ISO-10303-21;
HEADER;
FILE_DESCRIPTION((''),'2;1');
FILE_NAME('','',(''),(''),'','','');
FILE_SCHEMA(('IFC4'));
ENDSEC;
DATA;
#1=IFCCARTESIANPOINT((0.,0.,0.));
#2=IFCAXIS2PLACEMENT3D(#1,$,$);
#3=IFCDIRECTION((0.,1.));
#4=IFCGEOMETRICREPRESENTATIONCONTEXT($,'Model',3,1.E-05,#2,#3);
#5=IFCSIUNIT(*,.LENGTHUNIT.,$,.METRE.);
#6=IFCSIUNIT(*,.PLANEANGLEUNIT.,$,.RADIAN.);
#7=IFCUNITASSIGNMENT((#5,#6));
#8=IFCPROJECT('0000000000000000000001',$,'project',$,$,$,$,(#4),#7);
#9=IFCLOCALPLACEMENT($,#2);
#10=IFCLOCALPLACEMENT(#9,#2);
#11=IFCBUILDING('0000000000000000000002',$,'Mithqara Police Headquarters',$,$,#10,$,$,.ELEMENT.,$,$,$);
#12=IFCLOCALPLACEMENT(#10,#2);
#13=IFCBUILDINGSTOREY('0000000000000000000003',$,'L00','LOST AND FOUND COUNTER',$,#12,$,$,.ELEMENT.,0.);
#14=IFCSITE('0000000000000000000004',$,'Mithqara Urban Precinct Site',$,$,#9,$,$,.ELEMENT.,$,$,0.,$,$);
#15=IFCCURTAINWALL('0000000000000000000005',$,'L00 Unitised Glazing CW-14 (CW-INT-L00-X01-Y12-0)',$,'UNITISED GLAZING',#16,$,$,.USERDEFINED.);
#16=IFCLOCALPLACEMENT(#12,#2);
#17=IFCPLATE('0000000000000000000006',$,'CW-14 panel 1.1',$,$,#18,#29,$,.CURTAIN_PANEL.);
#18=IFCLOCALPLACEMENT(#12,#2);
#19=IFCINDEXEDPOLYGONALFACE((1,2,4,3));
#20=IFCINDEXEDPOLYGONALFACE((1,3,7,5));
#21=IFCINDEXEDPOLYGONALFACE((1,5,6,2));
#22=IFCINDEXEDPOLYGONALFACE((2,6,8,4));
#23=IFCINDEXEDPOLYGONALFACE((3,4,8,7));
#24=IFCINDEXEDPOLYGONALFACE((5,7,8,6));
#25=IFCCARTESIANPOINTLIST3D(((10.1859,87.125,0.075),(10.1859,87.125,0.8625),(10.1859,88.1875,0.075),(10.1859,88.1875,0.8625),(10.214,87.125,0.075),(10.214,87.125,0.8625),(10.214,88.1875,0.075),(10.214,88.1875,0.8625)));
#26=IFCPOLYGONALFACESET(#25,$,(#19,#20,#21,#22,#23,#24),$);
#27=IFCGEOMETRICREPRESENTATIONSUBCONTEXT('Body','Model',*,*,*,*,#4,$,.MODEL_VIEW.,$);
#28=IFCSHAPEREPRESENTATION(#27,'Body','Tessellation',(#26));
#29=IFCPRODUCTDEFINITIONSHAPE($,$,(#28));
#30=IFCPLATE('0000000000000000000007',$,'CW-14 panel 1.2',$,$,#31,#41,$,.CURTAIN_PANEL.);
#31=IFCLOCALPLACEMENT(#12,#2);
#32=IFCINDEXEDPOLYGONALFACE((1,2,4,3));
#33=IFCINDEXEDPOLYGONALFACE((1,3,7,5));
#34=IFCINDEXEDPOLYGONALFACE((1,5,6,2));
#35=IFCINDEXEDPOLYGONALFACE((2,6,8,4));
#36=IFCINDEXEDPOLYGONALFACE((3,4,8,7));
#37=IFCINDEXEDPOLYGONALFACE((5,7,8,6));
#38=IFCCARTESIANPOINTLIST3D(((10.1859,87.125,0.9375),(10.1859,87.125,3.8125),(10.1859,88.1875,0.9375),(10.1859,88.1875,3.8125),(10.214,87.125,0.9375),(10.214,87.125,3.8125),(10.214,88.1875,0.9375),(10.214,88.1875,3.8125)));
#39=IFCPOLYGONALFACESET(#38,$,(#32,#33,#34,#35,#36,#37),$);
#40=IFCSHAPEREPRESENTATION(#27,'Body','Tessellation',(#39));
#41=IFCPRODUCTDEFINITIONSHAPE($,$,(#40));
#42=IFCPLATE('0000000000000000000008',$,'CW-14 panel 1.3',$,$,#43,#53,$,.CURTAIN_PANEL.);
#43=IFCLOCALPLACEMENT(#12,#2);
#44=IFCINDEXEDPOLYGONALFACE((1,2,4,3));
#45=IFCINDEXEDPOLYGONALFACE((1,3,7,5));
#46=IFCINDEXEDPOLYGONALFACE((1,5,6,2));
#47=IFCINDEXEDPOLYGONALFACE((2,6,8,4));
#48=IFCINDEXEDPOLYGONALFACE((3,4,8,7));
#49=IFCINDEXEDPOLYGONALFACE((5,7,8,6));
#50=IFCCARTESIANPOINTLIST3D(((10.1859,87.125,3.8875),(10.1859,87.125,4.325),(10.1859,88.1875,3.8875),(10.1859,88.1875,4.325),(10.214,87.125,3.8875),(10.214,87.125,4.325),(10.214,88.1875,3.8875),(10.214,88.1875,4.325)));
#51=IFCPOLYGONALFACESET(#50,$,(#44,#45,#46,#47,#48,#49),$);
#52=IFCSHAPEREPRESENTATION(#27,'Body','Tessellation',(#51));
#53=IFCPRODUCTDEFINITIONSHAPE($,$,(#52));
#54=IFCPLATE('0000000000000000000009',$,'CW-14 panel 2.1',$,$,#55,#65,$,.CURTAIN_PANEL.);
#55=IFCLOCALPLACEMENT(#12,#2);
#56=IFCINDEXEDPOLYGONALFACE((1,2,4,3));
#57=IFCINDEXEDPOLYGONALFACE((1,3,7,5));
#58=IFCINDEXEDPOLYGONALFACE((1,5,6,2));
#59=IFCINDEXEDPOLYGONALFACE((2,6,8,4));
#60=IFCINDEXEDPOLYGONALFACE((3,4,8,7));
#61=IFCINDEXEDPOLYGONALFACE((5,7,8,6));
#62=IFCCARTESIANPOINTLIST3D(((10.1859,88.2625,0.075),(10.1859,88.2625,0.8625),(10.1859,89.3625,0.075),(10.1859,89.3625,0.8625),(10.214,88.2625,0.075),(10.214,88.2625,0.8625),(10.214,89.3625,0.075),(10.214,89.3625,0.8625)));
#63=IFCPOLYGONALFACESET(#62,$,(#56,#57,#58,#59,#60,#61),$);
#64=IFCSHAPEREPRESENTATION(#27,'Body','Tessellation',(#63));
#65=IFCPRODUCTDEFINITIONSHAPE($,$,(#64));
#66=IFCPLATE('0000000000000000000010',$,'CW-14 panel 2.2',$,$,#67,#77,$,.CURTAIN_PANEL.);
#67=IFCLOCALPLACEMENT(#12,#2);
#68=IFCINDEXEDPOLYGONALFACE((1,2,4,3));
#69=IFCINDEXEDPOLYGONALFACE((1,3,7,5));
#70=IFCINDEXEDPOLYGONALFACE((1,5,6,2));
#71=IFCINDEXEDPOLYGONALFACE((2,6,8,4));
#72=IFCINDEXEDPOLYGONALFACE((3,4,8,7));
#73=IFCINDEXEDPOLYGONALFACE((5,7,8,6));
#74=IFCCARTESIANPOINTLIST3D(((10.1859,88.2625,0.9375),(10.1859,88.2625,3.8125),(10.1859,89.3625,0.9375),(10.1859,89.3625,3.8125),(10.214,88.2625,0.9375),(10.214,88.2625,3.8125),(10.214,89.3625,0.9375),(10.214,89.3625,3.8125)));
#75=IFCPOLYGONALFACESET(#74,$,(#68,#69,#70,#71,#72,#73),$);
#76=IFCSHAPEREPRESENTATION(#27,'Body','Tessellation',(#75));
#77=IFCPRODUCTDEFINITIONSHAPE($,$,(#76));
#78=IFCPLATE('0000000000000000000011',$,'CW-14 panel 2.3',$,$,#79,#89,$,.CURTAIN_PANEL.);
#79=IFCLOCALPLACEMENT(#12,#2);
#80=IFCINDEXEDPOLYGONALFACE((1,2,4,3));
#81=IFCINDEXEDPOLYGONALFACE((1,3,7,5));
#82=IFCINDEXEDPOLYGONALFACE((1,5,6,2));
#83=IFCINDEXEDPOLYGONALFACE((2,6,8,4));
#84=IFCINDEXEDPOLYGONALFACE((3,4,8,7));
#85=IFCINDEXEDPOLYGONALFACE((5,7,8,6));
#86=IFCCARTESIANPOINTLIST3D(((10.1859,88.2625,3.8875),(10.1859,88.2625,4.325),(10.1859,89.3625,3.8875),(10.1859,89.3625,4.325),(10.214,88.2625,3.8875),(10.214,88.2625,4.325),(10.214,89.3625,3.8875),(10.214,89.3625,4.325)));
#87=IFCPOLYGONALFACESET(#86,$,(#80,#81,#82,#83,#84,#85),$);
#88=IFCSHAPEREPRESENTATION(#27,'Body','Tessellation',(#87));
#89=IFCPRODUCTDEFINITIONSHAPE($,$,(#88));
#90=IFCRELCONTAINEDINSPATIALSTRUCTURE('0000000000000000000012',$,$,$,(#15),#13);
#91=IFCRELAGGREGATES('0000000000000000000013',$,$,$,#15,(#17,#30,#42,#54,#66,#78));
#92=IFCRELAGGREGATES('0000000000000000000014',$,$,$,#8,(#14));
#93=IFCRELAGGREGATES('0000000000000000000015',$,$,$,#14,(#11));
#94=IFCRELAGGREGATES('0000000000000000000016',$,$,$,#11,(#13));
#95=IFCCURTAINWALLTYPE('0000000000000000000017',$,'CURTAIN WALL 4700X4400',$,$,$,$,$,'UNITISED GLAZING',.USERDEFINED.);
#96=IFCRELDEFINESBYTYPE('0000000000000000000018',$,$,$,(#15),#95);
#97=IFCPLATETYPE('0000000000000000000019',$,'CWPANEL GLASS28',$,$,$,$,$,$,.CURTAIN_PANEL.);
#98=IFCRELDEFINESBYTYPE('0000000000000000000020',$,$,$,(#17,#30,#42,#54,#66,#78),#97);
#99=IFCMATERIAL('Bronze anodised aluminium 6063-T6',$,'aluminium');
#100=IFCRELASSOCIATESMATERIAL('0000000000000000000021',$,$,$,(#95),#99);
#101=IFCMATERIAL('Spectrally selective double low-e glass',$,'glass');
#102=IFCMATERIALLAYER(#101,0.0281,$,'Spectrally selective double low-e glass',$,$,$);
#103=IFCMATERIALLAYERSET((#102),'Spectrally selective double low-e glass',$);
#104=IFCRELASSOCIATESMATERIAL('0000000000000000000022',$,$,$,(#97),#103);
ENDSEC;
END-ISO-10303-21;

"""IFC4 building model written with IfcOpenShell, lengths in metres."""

from ifc_helpers import new_model, si_unit, direction, frame, origin, origin_2d, place, context, subcontext, project, spatial, rectangle, extrude, material, layer, layer_set, type_object, element, aggregate, save


model = new_model("IFC4")

# Units and contexts
model_context = context("Model", 3, precision=1e-05, world=origin(), true_north=direction((0.0, 1.0)))
body_context = subcontext(model_context, "Body", "Model", "MODEL_VIEW")
ifc_project = project(units=[si_unit("LENGTHUNIT", "METRE"), si_unit("PLANEANGLEUNIT", "RADIAN")], contexts=[model_context])

# Site, building, storey
site_placement = place(None, origin())
site = spatial("IfcSite", under=ifc_project, at=site_placement, Name="Mithqara Urban Precinct Site", CompositionType="ELEMENT", RefElevation=0.0)
building_placement = place(site_placement, origin())
building = spatial("IfcBuilding", under=site, at=building_placement, Name="Mithqara Police Headquarters", CompositionType="ELEMENT")
storey_placement = place(building_placement, origin())
storey = spatial("IfcBuildingStorey", under=building, at=storey_placement, Name="L00", Description="LOST AND FOUND COUNTER", CompositionType="ELEMENT", Elevation=0.0)

# Curtain wall
ifc_material_1 = material(Name="Bronze anodised aluminium 6063-T6", Category="aluminium")
curtain_wall_type = type_object("IfcCurtainWallType", Name="CURTAIN WALL 4700X4400", ElementType="UNITISED GLAZING", PredefinedType="USERDEFINED", material=ifc_material_1)
curtain_wall_1_placement = place(storey_placement, origin())
curtain_wall_1 = element("IfcCurtainWall", 1, at=curtain_wall_1_placement, inside=storey, type_object=curtain_wall_type, Name="L00 Unitised Glazing CW-14 (CW-INT-L00-X01-Y12-0)", ObjectType="UNITISED GLAZING", PredefinedType="USERDEFINED")

# Plates
ifc_material_2 = material(Name="Spectrally selective double low-e glass", Category="glass")
ifc_layer = layer(ifc_material_2, 0.0281, Name="Spectrally selective double low-e glass")
ifc_layer_set = layer_set([ifc_layer], Name="Spectrally selective double low-e glass")
plate_type = type_object("IfcPlateType", Name="CWPANEL GLASS28", PredefinedType="CURTAIN_PANEL", material=ifc_layer_set)
plate_1_placement = place(storey_placement, frame((10.2, 87.6562, 0.075), z_axis=(0.0, 0.0, 1.0), x_axis=(0.0, 1.0, 0.0)))
plate_1 = element("IfcPlate", 2, at=plate_1_placement, type_object=plate_type, Name="CW-14 panel 1.1", PredefinedType="CURTAIN_PANEL", context=body_context, shape_type="SweptSolid", body=[
    extrude(rectangle(XDim=1.0625, YDim=0.0281, at=origin_2d()), origin(), (0.0, 0.0, 1.0), 0.7876),
])
plate_2_placement = place(storey_placement, frame((10.2, 87.6562, 0.9375), z_axis=(0.0, 0.0, 1.0), x_axis=(0.0, 1.0, 0.0)))
plate_2 = element("IfcPlate", 3, at=plate_2_placement, type_object=plate_type, Name="CW-14 panel 1.2", PredefinedType="CURTAIN_PANEL", context=body_context, shape_type="SweptSolid", body=[
    extrude(rectangle(XDim=1.0625, YDim=0.0281, at=origin_2d()), origin(), (0.0, 0.0, 1.0), 2.875),
])
plate_3_placement = place(storey_placement, frame((10.2, 87.6562, 3.8875), z_axis=(0.0, 0.0, 1.0), x_axis=(0.0, 1.0, 0.0)))
plate_3 = element("IfcPlate", 4, at=plate_3_placement, type_object=plate_type, Name="CW-14 panel 1.3", PredefinedType="CURTAIN_PANEL", context=body_context, shape_type="SweptSolid", body=[
    extrude(rectangle(XDim=1.0625, YDim=0.0281, at=origin_2d()), origin(), (0.0, 0.0, 1.0), 0.4375),
])
plate_4_placement = place(storey_placement, frame((10.2, 88.8125, 0.075), z_axis=(0.0, 0.0, 1.0), x_axis=(0.0, 1.0, 0.0)))
plate_4 = element("IfcPlate", 5, at=plate_4_placement, type_object=plate_type, Name="CW-14 panel 2.1", PredefinedType="CURTAIN_PANEL", context=body_context, shape_type="SweptSolid", body=[
    extrude(rectangle(XDim=1.1001, YDim=0.0281, at=origin_2d()), origin(), (0.0, 0.0, 1.0), 0.7876),
])
plate_5_placement = place(storey_placement, frame((10.2, 88.8125, 0.9375), z_axis=(0.0, 0.0, 1.0), x_axis=(0.0, 1.0, 0.0)))
plate_5 = element("IfcPlate", 6, at=plate_5_placement, type_object=plate_type, Name="CW-14 panel 2.2", PredefinedType="CURTAIN_PANEL", context=body_context, shape_type="SweptSolid", body=[
    extrude(rectangle(XDim=1.1001, YDim=0.0281, at=origin_2d()), origin(), (0.0, 0.0, 1.0), 2.875),
])
plate_6_placement = place(storey_placement, frame((10.2, 88.8125, 3.8875), z_axis=(0.0, 0.0, 1.0), x_axis=(0.0, 1.0, 0.0)))
plate_6 = element("IfcPlate", 7, at=plate_6_placement, type_object=plate_type, Name="CW-14 panel 2.3", PredefinedType="CURTAIN_PANEL", context=body_context, shape_type="SweptSolid", body=[
    extrude(rectangle(XDim=1.1001, YDim=0.0281, at=origin_2d()), origin(), (0.0, 0.0, 1.0), 0.4375),
])
aggregate(curtain_wall_1, [plate_1, plate_2, plate_3, plate_4, plate_5, plate_6])

save(model, "model.ifc")
